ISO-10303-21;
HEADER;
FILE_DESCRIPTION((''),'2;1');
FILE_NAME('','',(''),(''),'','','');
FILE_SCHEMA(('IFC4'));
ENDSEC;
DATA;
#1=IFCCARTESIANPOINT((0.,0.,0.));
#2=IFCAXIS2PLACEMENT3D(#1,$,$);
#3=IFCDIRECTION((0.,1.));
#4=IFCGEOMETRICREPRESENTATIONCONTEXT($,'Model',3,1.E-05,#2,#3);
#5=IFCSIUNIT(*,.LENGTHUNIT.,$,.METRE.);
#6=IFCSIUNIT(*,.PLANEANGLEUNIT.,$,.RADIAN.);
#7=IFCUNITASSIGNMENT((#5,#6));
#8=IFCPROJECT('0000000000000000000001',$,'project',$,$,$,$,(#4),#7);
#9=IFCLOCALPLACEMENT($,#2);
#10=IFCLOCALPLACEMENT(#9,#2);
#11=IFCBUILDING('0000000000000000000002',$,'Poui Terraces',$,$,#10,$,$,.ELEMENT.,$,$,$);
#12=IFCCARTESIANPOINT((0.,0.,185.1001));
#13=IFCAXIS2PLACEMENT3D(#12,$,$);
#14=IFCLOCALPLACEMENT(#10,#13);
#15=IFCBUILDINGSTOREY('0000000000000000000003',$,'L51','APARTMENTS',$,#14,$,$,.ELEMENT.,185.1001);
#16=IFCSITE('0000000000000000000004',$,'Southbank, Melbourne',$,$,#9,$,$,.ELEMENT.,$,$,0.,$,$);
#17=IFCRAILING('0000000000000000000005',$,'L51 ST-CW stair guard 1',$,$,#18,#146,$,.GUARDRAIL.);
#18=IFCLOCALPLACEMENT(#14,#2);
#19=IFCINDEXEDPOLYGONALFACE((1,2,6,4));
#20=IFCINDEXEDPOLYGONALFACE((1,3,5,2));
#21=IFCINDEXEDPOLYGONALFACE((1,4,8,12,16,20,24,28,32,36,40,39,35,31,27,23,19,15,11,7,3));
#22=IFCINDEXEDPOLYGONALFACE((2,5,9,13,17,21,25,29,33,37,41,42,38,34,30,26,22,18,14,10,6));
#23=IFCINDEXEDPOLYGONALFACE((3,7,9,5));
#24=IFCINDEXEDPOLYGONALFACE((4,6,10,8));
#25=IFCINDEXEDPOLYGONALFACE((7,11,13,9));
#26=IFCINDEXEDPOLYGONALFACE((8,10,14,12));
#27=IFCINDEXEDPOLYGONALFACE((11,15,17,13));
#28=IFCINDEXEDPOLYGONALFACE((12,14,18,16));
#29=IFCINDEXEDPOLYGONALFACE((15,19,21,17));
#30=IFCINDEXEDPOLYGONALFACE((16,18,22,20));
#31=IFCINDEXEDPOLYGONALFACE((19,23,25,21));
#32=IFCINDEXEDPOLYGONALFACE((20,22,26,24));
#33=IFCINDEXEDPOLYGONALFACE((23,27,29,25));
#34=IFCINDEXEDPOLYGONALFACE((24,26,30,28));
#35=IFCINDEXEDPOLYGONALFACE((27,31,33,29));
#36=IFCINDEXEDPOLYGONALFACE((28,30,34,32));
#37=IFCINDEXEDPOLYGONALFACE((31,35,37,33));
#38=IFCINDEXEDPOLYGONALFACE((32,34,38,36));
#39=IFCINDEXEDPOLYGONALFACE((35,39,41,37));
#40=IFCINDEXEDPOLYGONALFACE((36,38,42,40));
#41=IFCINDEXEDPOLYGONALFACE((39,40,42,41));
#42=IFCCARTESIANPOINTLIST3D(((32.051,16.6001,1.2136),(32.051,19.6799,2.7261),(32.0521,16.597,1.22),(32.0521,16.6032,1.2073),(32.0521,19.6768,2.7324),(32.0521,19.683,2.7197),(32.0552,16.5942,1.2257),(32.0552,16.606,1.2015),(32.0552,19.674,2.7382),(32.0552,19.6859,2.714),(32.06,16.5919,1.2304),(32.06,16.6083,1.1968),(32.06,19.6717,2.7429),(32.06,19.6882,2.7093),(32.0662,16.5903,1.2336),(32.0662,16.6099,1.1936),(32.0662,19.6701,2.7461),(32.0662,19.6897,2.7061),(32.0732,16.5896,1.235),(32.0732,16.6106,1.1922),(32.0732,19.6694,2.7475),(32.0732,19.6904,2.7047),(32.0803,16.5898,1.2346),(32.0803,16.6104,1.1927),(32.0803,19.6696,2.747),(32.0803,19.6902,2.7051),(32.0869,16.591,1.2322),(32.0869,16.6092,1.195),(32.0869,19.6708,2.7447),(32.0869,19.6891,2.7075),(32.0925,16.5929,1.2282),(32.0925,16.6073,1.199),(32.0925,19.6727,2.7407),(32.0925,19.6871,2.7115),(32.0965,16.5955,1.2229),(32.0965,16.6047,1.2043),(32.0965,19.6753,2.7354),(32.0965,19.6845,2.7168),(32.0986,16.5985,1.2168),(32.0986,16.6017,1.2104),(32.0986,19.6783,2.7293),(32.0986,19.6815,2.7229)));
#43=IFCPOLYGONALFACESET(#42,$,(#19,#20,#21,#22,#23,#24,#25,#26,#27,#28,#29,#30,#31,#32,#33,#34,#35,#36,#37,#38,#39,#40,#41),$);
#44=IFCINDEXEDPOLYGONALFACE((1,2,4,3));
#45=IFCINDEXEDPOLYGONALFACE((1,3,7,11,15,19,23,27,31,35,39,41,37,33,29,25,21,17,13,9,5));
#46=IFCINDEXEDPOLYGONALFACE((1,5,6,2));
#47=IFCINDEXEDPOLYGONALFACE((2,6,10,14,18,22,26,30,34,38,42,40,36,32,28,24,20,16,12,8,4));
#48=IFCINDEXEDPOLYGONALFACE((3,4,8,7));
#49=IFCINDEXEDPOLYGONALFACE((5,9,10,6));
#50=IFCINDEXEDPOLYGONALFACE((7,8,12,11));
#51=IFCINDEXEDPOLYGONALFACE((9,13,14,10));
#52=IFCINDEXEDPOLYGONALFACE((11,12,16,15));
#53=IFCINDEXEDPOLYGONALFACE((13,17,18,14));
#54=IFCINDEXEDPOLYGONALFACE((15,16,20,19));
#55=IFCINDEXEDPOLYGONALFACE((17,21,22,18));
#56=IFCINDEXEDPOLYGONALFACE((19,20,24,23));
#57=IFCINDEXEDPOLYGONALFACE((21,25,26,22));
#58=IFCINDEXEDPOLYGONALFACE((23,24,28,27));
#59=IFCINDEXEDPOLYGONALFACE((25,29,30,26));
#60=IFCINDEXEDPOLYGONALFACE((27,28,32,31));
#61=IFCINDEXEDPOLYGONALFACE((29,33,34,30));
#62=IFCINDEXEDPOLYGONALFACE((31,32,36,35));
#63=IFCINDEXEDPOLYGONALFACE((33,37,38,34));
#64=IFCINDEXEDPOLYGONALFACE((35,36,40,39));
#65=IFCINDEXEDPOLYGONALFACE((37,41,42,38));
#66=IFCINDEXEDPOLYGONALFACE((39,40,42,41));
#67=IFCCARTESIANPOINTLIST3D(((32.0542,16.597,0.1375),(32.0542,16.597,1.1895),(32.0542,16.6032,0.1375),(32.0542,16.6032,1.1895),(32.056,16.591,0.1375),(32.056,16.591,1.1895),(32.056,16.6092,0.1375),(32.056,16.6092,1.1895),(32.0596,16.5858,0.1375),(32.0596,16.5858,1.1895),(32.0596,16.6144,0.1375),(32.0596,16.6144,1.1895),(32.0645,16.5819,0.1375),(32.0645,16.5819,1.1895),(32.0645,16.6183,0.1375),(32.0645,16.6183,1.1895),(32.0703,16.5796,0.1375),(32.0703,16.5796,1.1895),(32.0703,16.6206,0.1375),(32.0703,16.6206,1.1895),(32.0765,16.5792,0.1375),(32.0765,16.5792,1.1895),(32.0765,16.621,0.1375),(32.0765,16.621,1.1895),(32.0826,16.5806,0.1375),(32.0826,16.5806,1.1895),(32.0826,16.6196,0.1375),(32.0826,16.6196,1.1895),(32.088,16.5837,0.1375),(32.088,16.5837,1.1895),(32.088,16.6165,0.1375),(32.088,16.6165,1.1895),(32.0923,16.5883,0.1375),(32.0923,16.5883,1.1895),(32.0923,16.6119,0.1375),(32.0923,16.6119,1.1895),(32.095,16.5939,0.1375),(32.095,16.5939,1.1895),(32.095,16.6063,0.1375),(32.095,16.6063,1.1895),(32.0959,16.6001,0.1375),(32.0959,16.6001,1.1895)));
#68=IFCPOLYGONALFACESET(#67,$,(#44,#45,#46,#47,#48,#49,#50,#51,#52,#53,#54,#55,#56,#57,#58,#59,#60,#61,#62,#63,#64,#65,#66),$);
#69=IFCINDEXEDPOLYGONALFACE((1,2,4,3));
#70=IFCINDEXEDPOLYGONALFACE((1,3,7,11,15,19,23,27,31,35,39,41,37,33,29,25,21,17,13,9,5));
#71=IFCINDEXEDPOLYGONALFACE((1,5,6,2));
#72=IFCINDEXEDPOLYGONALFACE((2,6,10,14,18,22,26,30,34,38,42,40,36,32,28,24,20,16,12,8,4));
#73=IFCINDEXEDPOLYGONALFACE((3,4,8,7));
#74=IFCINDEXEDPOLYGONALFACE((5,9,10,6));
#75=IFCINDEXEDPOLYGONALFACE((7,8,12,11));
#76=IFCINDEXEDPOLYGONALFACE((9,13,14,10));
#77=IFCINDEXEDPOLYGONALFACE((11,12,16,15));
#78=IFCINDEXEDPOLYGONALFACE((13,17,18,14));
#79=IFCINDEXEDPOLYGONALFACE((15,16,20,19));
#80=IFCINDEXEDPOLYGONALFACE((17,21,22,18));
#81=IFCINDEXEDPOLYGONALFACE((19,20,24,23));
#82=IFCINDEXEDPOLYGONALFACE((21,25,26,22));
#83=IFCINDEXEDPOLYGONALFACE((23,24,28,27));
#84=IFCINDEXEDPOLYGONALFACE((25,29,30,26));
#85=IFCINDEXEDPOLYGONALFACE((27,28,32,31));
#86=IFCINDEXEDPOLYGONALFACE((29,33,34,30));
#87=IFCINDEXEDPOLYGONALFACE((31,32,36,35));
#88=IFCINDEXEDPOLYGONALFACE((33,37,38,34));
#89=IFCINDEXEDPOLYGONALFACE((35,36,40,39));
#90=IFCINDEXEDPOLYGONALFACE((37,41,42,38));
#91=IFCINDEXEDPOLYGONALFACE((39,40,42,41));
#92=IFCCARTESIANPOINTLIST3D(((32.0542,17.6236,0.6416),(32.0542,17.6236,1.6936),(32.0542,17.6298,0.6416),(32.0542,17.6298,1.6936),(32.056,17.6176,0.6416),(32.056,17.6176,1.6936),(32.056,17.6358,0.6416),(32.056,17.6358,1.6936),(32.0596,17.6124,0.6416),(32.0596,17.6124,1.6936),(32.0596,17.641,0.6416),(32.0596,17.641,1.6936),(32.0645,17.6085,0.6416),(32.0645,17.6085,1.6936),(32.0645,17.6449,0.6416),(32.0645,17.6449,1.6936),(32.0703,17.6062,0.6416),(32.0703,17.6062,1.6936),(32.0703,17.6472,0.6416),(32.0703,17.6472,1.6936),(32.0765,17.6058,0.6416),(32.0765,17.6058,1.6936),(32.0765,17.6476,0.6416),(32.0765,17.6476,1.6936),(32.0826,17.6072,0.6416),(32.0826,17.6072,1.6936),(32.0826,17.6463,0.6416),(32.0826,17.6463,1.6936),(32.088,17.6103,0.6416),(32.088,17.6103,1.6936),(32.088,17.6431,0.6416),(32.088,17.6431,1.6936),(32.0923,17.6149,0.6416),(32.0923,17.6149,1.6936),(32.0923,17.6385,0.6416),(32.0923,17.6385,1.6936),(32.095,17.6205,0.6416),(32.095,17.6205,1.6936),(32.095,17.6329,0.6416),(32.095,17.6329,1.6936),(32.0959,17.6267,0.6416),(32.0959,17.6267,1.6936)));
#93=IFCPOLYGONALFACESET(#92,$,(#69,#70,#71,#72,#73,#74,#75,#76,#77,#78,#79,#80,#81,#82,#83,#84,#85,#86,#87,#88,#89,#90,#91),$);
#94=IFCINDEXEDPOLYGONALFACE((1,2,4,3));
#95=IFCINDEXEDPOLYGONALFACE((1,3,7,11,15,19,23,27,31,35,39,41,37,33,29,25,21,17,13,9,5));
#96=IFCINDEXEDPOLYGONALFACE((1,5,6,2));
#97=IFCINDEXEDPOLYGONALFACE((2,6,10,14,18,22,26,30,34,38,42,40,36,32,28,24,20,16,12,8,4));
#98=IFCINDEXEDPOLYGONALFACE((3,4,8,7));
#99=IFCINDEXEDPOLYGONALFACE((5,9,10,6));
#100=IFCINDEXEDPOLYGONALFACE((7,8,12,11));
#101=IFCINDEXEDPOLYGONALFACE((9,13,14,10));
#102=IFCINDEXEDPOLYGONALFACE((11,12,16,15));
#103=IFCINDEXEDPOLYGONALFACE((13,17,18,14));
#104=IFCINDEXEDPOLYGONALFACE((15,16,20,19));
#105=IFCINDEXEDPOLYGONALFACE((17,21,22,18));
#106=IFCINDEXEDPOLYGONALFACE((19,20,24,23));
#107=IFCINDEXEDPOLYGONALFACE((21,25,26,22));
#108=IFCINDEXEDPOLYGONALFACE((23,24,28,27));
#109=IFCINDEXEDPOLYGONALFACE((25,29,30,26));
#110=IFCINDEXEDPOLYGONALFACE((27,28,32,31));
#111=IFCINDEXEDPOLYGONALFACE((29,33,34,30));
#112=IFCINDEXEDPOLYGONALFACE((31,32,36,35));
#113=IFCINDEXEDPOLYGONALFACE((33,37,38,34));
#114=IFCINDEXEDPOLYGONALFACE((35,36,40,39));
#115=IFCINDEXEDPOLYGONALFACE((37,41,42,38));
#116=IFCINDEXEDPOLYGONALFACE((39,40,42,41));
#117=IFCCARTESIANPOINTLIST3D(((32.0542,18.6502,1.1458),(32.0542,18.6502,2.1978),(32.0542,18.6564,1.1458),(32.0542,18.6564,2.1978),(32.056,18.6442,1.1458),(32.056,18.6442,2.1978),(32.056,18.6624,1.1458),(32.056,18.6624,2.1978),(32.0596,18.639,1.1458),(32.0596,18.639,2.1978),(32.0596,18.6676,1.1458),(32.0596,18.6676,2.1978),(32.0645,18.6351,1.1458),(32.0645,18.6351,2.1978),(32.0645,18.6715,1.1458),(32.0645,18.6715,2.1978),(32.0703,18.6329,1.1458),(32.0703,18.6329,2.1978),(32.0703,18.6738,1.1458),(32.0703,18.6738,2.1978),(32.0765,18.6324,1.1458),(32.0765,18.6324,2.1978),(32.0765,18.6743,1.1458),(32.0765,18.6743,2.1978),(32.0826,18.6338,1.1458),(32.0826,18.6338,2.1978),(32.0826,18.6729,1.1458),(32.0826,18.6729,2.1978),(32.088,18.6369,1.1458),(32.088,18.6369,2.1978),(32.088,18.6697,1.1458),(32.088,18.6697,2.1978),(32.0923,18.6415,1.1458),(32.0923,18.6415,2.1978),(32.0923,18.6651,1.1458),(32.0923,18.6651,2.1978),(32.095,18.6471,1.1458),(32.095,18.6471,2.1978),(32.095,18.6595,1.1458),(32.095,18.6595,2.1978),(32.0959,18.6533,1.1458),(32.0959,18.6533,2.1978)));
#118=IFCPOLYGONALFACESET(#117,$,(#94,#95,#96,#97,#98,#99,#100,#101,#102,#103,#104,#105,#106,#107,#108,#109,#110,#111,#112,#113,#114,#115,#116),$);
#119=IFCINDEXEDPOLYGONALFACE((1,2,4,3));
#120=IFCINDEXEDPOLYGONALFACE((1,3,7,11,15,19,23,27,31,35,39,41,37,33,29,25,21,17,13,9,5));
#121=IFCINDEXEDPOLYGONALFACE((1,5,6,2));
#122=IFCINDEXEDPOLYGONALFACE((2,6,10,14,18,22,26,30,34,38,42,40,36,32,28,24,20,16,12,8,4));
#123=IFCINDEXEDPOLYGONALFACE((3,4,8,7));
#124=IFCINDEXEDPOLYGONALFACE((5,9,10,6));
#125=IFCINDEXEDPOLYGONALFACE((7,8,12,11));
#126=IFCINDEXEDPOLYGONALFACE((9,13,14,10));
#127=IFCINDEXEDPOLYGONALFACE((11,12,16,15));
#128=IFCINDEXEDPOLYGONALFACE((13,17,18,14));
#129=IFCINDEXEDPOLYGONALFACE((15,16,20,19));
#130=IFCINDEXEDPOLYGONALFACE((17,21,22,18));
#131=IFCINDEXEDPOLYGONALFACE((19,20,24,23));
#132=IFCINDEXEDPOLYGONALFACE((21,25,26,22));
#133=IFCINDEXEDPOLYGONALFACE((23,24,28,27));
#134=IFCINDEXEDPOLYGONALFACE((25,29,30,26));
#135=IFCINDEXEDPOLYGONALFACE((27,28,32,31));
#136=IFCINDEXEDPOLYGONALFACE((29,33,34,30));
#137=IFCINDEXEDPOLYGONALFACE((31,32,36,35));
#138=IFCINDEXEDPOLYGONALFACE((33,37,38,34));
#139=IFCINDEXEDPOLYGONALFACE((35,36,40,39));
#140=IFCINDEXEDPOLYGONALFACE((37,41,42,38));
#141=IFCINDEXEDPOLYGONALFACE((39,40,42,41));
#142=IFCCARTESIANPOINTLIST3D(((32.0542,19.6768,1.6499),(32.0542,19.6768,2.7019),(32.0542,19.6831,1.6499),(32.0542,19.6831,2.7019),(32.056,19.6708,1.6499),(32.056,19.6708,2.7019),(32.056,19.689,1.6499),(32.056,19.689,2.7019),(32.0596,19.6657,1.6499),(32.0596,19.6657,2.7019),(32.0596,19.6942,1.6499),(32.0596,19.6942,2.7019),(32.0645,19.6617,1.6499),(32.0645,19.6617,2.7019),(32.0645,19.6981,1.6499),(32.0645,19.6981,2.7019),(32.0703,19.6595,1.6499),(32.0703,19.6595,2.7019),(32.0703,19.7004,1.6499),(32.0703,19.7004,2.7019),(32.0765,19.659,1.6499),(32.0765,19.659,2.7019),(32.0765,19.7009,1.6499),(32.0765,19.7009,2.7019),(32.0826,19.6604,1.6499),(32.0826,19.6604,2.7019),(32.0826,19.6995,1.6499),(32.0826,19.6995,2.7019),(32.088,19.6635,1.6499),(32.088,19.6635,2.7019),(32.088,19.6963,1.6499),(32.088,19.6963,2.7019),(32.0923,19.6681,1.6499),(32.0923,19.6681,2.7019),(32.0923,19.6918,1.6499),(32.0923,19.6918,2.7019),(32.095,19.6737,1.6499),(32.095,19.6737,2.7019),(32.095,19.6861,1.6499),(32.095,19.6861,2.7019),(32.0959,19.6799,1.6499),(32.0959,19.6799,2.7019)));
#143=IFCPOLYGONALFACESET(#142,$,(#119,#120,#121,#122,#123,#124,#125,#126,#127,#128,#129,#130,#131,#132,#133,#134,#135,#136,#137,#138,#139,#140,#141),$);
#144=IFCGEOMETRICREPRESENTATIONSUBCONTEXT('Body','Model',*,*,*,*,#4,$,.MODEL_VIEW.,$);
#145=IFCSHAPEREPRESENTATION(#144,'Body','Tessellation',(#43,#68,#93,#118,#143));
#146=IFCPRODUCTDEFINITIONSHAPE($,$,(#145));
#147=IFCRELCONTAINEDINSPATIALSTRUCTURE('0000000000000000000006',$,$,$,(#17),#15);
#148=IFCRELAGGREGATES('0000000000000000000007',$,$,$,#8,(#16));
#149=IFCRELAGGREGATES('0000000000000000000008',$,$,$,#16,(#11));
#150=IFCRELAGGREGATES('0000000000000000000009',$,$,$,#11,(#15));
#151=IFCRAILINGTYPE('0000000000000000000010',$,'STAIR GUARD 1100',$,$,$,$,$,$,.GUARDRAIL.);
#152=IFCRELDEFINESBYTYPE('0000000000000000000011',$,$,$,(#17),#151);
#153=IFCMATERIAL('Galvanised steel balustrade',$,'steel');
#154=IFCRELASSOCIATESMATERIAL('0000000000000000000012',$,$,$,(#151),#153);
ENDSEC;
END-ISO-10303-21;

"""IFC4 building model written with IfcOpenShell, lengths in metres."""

from ifc_helpers import new_model, si_unit, direction, frame, origin, origin_2d, place, context, subcontext, project, spatial, circle, extrude, material, type_object, element, save


model = new_model("IFC4")

# Units and contexts
model_context = context("Model", 3, precision=1e-05, world=origin(), true_north=direction((0.0, 1.0)))
body_context = subcontext(model_context, "Body", "Model", "MODEL_VIEW")
ifc_project = project(units=[si_unit("LENGTHUNIT", "METRE"), si_unit("PLANEANGLEUNIT", "RADIAN")], contexts=[model_context])

# Site, building, storey
site_placement = place(None, origin())
site = spatial("IfcSite", under=ifc_project, at=site_placement, Name="Southbank, Melbourne", CompositionType="ELEMENT", RefElevation=0.0)
building_placement = place(site_placement, origin())
building = spatial("IfcBuilding", under=site, at=building_placement, Name="Poui Terraces", CompositionType="ELEMENT")
storey_placement = place(building_placement, frame((0.0, 0.0, 185.1001)))
storey = spatial("IfcBuildingStorey", under=building, at=storey_placement, Name="L51", Description="APARTMENTS", CompositionType="ELEMENT", Elevation=185.1001)

# Railing
ifc_material_1 = material(Name="Galvanised steel balustrade", Category="steel")
railing_type_1 = type_object("IfcRailingType", Name="STAIR GUARD 1100", PredefinedType="GUARDRAIL", material=ifc_material_1)
railing_1_placement = place(storey_placement, frame((32.075, 16.6001, 0.1375)))
element("IfcRailing", 1, at=railing_1_placement, inside=storey, type_object=railing_type_1, Name="L51 ST-CW stair guard 1", PredefinedType="GUARDRAIL", context=body_context, shape_type="SweptSolid", body=[
    extrude(circle(Radius=0.0239, at=origin_2d()), frame((0.0, 0.0, 1.0762), z_axis=(0.0, 0.897606, 0.440798), x_axis=(-1.0, 0.0, 0.0)), (0.0, 0.0, 1.0), 3.4312),
    extrude(circle(Radius=0.021, at=origin_2d()), origin(), (0.0, 0.0, 1.0), 1.052),
    extrude(circle(Radius=0.021, at=origin_2d()), frame((0.0, 1.0266, 0.5042)), (0.0, 0.0, 1.0), 1.052),
    extrude(circle(Radius=0.021, at=origin_2d()), frame((0.0, 2.0532, 1.0083)), (0.0, 0.0, 1.0), 1.052),
    extrude(circle(Radius=0.021, at=origin_2d()), frame((0.0, 3.0798, 1.5125)), (0.0, 0.0, 1.0), 1.052),
])

save(model, "model.ifc")
